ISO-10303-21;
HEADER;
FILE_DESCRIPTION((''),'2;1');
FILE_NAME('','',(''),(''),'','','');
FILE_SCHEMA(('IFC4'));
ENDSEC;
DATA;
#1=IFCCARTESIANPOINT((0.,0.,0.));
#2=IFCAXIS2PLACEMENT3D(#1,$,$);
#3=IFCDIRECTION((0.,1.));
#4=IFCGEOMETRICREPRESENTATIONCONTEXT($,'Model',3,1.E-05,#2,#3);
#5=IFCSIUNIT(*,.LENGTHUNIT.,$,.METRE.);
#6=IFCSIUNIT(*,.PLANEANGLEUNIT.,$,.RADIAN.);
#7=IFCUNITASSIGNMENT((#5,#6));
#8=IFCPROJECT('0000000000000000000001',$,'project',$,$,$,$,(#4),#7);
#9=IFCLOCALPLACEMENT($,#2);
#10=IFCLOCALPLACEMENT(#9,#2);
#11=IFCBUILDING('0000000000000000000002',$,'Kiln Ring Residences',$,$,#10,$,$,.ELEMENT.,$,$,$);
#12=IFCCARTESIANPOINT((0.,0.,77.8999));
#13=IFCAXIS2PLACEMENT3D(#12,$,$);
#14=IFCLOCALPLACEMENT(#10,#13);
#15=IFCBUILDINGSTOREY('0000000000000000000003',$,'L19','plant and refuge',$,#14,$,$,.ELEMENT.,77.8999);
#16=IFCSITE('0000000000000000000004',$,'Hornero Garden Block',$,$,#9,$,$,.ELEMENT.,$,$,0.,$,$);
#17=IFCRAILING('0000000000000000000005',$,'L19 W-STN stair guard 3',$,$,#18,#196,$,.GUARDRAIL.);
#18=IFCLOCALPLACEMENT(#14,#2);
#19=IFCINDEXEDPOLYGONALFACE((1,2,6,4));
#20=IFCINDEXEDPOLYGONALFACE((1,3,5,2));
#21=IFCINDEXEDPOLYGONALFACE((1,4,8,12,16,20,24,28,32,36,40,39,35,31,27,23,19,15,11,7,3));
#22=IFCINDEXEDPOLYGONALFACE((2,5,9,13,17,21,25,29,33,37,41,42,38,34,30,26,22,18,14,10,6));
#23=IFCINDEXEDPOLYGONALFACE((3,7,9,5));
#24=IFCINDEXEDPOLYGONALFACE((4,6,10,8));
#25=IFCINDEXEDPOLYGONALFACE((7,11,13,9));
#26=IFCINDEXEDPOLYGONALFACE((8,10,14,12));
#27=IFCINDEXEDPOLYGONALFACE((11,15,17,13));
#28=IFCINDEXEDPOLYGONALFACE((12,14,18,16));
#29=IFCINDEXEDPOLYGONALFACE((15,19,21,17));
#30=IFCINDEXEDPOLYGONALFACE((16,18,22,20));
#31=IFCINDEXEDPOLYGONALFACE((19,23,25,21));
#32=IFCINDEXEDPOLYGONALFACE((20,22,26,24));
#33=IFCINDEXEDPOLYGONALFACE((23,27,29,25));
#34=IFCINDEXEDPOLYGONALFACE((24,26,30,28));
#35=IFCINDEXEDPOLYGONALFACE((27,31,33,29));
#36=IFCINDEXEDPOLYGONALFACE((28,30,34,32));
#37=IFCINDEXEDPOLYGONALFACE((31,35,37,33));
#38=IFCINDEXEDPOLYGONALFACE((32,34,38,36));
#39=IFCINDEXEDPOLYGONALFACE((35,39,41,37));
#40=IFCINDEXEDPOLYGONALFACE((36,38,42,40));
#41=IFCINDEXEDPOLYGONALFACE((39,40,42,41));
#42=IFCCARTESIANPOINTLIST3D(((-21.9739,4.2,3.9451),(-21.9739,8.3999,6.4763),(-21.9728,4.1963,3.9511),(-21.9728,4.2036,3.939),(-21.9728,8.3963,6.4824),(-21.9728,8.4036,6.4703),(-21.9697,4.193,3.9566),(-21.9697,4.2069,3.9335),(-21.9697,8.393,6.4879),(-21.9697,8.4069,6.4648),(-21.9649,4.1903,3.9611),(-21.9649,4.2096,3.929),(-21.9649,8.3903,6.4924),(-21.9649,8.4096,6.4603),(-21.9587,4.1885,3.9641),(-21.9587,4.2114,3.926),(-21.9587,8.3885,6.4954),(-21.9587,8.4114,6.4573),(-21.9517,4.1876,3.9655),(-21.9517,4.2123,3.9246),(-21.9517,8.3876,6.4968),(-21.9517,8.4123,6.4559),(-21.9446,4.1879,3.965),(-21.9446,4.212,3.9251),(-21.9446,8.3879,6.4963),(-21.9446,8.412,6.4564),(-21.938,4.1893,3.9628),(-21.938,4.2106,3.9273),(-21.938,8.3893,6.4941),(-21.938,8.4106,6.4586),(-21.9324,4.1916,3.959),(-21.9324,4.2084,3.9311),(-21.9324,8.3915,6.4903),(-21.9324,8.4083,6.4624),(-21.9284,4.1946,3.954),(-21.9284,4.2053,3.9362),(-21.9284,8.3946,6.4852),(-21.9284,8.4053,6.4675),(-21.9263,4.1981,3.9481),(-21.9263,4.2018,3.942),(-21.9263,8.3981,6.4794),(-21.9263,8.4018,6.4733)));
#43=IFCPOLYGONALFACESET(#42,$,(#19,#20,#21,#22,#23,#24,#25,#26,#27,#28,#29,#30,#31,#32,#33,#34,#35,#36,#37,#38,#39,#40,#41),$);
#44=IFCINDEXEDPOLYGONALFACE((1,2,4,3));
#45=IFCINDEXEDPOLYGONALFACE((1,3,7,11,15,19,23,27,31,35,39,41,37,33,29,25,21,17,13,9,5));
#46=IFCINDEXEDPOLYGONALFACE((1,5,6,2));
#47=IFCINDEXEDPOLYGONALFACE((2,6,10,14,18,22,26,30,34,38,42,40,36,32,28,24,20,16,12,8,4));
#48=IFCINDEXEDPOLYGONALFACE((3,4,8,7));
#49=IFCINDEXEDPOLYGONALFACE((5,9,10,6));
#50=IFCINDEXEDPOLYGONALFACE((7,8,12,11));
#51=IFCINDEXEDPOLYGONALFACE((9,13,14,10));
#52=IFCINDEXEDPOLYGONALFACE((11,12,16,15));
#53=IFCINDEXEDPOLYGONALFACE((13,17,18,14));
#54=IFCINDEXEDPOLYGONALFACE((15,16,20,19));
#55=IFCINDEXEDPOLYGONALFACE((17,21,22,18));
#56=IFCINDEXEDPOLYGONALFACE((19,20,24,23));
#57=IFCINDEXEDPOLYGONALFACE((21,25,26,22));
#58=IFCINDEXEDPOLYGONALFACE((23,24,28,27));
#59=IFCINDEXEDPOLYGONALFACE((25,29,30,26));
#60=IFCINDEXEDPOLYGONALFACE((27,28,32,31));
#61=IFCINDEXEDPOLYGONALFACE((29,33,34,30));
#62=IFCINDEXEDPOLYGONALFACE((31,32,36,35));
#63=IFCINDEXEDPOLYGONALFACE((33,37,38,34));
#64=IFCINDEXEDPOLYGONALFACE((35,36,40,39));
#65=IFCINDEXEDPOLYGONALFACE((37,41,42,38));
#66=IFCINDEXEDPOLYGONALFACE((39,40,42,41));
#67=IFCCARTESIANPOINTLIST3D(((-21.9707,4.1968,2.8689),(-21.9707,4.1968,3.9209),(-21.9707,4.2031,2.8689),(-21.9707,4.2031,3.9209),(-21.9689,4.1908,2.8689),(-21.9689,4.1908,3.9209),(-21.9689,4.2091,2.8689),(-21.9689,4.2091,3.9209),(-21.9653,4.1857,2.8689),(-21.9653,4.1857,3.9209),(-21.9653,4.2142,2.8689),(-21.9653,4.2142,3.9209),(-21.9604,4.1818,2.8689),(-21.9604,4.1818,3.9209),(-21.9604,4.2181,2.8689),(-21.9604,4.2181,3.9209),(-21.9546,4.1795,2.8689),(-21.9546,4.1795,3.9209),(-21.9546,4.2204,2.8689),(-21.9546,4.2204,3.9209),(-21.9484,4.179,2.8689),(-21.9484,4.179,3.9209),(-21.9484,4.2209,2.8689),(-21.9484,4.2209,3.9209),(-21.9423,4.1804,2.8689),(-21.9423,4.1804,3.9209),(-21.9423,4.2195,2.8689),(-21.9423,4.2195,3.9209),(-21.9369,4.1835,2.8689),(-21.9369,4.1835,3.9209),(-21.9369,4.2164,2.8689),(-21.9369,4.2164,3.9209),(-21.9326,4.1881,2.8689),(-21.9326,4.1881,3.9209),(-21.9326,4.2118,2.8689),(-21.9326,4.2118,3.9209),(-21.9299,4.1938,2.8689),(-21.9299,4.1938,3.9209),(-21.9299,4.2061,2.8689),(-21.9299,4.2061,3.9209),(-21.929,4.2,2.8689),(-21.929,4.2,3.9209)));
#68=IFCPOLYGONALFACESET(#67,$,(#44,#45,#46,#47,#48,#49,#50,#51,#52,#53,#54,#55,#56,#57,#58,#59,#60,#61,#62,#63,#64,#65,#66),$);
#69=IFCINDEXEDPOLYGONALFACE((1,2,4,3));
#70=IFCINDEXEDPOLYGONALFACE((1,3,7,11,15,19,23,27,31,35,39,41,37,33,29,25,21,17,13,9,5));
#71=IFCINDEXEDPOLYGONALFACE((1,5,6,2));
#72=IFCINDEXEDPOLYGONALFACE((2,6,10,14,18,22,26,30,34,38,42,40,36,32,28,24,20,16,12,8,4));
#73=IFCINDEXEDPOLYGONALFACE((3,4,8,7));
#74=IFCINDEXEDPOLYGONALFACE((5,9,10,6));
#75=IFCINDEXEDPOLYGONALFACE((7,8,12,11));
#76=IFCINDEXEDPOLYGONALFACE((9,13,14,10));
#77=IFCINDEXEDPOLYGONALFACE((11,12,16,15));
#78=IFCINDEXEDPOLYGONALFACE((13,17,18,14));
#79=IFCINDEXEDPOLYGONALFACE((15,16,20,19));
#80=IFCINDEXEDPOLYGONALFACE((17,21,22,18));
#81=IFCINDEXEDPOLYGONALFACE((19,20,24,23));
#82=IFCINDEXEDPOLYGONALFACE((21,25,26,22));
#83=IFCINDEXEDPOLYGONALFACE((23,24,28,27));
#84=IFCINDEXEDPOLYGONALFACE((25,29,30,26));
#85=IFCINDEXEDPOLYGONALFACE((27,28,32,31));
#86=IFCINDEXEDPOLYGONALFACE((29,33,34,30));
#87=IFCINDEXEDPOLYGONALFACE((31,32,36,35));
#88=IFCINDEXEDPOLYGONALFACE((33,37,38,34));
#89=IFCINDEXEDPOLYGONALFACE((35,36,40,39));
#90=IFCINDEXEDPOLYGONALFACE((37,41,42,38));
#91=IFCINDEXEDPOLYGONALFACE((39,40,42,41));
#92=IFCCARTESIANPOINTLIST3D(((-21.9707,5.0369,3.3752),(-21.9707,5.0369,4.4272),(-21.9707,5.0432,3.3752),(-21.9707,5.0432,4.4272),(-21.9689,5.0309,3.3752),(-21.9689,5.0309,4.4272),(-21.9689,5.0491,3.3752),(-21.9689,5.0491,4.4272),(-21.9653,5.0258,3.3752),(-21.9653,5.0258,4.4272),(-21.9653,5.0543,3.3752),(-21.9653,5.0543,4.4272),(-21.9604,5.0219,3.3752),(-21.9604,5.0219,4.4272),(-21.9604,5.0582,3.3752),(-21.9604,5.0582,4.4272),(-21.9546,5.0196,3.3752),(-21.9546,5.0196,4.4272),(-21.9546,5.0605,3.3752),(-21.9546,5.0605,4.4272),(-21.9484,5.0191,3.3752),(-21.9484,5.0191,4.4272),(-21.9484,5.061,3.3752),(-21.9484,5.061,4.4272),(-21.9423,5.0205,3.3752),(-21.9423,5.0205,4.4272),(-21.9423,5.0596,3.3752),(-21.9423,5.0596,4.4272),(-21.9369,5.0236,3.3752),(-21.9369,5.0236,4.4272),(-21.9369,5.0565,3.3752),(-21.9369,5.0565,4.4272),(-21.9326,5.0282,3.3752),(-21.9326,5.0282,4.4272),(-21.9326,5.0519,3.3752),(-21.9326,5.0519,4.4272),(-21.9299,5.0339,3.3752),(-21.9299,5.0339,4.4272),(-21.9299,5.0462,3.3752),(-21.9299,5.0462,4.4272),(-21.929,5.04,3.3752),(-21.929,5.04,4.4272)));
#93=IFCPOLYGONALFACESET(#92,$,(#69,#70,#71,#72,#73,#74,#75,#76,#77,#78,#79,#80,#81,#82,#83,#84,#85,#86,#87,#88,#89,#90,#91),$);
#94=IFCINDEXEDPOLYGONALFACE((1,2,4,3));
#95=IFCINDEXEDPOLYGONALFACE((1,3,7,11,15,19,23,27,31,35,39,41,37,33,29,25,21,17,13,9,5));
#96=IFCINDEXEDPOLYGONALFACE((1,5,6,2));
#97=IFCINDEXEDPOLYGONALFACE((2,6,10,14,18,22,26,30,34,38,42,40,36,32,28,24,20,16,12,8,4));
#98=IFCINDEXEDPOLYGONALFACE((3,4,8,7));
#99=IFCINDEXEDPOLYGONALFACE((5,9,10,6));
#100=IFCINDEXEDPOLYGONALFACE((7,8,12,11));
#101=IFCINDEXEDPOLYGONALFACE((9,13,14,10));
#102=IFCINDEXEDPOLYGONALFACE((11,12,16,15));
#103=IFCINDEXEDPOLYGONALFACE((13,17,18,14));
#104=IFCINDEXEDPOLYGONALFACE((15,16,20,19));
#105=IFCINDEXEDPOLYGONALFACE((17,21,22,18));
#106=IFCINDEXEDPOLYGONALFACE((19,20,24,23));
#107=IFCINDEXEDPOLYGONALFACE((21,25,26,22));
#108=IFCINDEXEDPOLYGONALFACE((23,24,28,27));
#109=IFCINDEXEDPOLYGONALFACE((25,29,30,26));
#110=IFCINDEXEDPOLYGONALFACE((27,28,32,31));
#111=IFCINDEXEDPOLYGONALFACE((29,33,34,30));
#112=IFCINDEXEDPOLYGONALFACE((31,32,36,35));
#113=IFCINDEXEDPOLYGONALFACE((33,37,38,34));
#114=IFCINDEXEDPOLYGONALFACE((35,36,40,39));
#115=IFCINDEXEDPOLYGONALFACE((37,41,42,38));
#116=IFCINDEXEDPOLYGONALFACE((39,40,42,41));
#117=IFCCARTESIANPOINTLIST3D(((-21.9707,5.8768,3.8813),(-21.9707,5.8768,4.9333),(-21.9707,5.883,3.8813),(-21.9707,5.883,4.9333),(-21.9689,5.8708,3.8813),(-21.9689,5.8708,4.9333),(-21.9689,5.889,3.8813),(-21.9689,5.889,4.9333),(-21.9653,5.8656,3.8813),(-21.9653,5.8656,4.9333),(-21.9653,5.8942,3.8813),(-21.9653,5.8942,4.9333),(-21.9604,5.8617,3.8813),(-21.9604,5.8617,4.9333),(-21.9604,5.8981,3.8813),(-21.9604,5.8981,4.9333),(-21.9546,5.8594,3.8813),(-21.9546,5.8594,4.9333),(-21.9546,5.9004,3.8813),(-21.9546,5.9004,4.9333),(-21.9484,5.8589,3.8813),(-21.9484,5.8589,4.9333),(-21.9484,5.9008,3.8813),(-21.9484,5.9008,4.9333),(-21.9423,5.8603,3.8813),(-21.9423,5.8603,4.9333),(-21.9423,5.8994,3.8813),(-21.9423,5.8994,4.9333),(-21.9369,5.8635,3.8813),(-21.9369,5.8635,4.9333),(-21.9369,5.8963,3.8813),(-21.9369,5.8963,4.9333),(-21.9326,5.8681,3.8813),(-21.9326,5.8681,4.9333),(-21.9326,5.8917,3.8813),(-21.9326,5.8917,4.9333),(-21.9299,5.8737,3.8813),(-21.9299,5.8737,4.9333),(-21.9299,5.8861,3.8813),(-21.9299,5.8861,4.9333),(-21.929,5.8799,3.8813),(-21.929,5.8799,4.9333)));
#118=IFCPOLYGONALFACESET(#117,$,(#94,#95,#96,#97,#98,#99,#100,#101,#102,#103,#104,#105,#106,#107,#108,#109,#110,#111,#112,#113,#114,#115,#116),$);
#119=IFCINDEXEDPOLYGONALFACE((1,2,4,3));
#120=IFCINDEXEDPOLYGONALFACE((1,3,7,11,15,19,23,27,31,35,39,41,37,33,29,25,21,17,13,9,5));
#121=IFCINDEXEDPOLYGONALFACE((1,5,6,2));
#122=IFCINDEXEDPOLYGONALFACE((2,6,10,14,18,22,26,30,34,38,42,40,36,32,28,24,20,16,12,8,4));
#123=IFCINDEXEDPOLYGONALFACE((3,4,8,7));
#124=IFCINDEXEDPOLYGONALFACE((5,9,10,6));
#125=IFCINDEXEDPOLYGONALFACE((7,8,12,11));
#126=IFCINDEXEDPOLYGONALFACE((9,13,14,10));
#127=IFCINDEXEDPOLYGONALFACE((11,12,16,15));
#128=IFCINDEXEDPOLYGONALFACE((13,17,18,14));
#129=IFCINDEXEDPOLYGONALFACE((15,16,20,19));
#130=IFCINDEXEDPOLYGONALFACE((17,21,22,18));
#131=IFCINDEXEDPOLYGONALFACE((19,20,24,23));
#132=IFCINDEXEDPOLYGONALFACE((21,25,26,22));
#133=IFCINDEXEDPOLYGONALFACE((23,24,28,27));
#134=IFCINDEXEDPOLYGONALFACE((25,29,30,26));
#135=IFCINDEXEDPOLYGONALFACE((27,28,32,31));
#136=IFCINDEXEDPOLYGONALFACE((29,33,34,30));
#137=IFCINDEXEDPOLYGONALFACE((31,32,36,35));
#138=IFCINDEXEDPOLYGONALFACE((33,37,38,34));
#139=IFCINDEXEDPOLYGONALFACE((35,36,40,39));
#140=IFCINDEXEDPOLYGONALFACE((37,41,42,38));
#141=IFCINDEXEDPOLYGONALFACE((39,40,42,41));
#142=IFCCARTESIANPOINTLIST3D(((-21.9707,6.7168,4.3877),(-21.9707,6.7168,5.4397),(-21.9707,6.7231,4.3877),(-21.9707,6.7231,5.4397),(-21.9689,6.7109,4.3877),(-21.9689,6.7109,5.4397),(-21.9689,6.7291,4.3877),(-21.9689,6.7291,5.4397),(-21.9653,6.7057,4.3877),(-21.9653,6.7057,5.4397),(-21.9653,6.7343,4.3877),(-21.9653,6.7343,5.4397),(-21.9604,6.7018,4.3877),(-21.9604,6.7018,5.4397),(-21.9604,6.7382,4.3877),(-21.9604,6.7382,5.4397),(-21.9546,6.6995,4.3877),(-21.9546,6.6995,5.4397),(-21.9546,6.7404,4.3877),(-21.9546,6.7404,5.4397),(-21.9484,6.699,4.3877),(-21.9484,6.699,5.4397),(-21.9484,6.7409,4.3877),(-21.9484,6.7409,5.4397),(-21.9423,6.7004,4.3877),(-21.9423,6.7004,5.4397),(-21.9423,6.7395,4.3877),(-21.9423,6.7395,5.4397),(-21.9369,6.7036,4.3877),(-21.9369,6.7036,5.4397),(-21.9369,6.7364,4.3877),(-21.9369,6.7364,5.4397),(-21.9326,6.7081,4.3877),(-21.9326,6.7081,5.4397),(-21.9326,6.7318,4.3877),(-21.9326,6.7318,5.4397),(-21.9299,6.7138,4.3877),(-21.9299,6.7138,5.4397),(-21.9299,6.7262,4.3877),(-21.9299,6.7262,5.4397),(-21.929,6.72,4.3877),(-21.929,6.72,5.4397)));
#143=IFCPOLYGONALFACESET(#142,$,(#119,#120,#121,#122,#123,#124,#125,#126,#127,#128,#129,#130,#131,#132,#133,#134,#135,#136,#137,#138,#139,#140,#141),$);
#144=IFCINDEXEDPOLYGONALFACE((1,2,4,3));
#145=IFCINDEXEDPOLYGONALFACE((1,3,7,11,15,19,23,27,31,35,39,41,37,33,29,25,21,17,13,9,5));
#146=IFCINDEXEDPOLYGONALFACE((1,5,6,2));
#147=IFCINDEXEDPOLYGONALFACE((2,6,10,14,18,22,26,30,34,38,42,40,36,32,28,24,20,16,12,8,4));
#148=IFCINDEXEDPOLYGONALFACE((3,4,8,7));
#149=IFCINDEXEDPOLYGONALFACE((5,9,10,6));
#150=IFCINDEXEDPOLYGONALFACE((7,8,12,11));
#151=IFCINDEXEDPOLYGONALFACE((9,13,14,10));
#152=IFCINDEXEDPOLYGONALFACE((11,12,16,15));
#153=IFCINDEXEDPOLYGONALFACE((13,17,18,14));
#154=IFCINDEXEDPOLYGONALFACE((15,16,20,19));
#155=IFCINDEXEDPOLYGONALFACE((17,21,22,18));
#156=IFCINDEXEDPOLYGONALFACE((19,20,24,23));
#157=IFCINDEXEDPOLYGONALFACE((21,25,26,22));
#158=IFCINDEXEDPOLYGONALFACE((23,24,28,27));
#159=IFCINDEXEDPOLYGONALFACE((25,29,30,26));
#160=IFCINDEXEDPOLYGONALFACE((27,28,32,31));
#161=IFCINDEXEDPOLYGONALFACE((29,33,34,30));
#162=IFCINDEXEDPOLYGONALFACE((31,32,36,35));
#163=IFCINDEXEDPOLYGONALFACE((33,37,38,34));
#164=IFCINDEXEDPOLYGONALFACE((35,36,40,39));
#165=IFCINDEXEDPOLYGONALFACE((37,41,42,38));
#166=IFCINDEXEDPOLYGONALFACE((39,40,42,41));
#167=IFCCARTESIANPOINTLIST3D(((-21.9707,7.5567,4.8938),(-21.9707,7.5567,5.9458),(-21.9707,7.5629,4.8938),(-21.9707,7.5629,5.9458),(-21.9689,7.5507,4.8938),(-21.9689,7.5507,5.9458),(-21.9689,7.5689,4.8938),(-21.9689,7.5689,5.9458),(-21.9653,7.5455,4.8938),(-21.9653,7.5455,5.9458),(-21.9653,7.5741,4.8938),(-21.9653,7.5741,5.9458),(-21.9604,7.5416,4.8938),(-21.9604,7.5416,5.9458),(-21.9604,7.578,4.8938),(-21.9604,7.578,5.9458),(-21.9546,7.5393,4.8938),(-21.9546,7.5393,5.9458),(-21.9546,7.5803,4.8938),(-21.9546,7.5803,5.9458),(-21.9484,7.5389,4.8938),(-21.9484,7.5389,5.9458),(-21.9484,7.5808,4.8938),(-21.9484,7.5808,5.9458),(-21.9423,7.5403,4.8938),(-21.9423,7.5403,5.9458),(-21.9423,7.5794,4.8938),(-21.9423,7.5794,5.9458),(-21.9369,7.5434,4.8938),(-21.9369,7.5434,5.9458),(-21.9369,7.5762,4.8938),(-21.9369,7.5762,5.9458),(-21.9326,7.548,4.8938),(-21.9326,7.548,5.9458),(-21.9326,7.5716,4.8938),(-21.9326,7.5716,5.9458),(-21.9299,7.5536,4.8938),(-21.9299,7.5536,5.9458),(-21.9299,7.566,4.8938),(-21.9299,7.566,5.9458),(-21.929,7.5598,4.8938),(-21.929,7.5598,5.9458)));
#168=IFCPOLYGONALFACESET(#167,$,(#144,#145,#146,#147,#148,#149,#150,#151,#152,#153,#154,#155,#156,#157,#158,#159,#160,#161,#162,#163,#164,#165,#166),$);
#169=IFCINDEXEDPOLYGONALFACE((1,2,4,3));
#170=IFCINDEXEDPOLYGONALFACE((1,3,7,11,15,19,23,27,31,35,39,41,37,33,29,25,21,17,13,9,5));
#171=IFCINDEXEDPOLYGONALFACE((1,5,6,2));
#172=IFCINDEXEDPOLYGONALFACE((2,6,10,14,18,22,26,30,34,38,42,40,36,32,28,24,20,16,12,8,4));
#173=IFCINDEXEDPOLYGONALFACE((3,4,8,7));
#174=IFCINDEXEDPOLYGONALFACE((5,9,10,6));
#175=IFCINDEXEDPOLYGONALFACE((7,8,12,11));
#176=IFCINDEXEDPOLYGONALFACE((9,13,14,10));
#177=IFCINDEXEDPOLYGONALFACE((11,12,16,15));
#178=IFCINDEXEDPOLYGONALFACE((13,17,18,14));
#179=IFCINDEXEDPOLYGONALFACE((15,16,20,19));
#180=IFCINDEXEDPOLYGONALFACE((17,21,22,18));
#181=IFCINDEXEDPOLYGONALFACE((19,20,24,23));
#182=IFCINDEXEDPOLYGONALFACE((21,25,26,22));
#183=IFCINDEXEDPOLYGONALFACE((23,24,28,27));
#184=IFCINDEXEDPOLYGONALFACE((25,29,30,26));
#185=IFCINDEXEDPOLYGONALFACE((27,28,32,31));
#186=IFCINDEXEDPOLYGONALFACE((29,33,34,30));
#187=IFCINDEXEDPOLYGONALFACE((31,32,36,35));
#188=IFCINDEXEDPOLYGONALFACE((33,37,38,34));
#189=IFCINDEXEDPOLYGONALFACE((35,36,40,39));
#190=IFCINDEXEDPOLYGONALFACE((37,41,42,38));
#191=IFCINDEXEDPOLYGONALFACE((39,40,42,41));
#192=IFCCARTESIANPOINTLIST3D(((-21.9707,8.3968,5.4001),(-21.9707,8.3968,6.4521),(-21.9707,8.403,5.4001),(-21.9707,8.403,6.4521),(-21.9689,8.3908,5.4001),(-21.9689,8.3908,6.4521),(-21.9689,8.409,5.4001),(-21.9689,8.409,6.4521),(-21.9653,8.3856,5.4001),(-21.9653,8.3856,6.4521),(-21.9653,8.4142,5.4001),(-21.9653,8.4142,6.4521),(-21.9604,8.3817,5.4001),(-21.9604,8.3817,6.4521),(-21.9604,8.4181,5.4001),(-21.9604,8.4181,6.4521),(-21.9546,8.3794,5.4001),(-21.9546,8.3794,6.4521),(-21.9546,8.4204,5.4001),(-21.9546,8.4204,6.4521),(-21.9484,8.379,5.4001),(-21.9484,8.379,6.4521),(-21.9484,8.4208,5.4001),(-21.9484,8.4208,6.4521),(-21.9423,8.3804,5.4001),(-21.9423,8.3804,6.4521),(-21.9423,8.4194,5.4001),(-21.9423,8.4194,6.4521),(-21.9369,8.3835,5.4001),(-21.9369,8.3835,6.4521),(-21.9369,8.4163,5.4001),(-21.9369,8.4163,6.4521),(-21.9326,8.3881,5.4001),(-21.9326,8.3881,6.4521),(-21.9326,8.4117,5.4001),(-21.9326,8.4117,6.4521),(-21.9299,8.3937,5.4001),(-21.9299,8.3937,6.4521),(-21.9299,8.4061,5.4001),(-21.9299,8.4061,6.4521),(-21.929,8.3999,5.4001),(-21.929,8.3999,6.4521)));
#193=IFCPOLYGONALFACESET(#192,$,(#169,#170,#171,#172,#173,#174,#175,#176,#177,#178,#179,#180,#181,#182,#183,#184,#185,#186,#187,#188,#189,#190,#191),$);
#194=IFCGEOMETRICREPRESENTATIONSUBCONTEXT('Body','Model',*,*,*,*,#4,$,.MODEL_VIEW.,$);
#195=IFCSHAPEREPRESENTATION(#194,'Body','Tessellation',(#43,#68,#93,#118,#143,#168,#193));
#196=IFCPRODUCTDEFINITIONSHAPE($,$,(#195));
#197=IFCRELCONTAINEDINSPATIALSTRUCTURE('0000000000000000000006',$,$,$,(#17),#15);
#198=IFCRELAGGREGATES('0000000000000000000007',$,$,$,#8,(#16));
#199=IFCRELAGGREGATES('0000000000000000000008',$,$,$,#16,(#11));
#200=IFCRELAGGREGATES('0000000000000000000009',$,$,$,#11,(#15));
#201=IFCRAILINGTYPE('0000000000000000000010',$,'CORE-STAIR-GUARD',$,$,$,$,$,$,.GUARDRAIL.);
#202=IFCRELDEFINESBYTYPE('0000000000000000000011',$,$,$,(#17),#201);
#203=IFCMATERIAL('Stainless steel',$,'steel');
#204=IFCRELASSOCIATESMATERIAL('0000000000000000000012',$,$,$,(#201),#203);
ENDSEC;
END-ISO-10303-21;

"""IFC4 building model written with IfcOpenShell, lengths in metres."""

from ifc_helpers import new_model, si_unit, direction, frame, origin, origin_2d, place, context, subcontext, project, spatial, circle, extrude, material, type_object, element, save


model = new_model("IFC4")

# Units and contexts
model_context = context("Model", 3, precision=1e-05, world=origin(), true_north=direction((0.0, 1.0)))
body_context = subcontext(model_context, "Body", "Model", "MODEL_VIEW")
ifc_project = project(units=[si_unit("LENGTHUNIT", "METRE"), si_unit("PLANEANGLEUNIT", "RADIAN")], contexts=[model_context])

# Site, building, storey
site_placement = place(None, origin())
site = spatial("IfcSite", under=ifc_project, at=site_placement, Name="Hornero Garden Block", CompositionType="ELEMENT", RefElevation=0.0)
building_placement = place(site_placement, origin())
building = spatial("IfcBuilding", under=site, at=building_placement, Name="Kiln Ring Residences", CompositionType="ELEMENT")
storey_placement = place(building_placement, frame((0.0, 0.0, 77.8999)))
storey = spatial("IfcBuildingStorey", under=building, at=storey_placement, Name="L19", Description="plant and refuge", CompositionType="ELEMENT", Elevation=77.8999)

# Railing
ifc_material_1 = material(Name="Stainless steel", Category="steel")
railing_type_1 = type_object("IfcRailingType", Name="CORE-STAIR-GUARD", PredefinedType="GUARDRAIL", material=ifc_material_1)
railing_1_placement = place(storey_placement, frame((-21.95, 4.2, 2.8689)))
element("IfcRailing", 1, at=railing_1_placement, inside=storey, type_object=railing_type_1, Name="L19 W-STN stair guard 3", PredefinedType="GUARDRAIL", context=body_context, shape_type="SweptSolid", body=[
    extrude(circle(Radius=0.0239, at=origin_2d()), frame((0.0, 0.0, 1.0762), z_axis=(0.0, 0.856476, 0.516186), x_axis=(-1.0, 0.0, 0.0)), (0.0, 0.0, 1.0), 4.9038),
    extrude(circle(Radius=0.021, at=origin_2d()), origin(), (0.0, 0.0, 1.0), 1.052),
    extrude(circle(Radius=0.021, at=origin_2d()), frame((0.0, 0.8401, 0.5063)), (0.0, 0.0, 1.0), 1.052),
    extrude(circle(Radius=0.021, at=origin_2d()), frame((0.0, 1.6799, 1.0125)), (0.0, 0.0, 1.0), 1.052),
    extrude(circle(Radius=0.021, at=origin_2d()), frame((0.0, 2.52, 1.5188)), (0.0, 0.0, 1.0), 1.052),
    extrude(circle(Radius=0.021, at=origin_2d()), frame((0.0, 3.3599, 2.0249)), (0.0, 0.0, 1.0), 1.052),
    extrude(circle(Radius=0.021, at=origin_2d()), frame((0.0, 4.2, 2.5312)), (0.0, 0.0, 1.0), 1.052),
])

save(model, "model.ifc")
